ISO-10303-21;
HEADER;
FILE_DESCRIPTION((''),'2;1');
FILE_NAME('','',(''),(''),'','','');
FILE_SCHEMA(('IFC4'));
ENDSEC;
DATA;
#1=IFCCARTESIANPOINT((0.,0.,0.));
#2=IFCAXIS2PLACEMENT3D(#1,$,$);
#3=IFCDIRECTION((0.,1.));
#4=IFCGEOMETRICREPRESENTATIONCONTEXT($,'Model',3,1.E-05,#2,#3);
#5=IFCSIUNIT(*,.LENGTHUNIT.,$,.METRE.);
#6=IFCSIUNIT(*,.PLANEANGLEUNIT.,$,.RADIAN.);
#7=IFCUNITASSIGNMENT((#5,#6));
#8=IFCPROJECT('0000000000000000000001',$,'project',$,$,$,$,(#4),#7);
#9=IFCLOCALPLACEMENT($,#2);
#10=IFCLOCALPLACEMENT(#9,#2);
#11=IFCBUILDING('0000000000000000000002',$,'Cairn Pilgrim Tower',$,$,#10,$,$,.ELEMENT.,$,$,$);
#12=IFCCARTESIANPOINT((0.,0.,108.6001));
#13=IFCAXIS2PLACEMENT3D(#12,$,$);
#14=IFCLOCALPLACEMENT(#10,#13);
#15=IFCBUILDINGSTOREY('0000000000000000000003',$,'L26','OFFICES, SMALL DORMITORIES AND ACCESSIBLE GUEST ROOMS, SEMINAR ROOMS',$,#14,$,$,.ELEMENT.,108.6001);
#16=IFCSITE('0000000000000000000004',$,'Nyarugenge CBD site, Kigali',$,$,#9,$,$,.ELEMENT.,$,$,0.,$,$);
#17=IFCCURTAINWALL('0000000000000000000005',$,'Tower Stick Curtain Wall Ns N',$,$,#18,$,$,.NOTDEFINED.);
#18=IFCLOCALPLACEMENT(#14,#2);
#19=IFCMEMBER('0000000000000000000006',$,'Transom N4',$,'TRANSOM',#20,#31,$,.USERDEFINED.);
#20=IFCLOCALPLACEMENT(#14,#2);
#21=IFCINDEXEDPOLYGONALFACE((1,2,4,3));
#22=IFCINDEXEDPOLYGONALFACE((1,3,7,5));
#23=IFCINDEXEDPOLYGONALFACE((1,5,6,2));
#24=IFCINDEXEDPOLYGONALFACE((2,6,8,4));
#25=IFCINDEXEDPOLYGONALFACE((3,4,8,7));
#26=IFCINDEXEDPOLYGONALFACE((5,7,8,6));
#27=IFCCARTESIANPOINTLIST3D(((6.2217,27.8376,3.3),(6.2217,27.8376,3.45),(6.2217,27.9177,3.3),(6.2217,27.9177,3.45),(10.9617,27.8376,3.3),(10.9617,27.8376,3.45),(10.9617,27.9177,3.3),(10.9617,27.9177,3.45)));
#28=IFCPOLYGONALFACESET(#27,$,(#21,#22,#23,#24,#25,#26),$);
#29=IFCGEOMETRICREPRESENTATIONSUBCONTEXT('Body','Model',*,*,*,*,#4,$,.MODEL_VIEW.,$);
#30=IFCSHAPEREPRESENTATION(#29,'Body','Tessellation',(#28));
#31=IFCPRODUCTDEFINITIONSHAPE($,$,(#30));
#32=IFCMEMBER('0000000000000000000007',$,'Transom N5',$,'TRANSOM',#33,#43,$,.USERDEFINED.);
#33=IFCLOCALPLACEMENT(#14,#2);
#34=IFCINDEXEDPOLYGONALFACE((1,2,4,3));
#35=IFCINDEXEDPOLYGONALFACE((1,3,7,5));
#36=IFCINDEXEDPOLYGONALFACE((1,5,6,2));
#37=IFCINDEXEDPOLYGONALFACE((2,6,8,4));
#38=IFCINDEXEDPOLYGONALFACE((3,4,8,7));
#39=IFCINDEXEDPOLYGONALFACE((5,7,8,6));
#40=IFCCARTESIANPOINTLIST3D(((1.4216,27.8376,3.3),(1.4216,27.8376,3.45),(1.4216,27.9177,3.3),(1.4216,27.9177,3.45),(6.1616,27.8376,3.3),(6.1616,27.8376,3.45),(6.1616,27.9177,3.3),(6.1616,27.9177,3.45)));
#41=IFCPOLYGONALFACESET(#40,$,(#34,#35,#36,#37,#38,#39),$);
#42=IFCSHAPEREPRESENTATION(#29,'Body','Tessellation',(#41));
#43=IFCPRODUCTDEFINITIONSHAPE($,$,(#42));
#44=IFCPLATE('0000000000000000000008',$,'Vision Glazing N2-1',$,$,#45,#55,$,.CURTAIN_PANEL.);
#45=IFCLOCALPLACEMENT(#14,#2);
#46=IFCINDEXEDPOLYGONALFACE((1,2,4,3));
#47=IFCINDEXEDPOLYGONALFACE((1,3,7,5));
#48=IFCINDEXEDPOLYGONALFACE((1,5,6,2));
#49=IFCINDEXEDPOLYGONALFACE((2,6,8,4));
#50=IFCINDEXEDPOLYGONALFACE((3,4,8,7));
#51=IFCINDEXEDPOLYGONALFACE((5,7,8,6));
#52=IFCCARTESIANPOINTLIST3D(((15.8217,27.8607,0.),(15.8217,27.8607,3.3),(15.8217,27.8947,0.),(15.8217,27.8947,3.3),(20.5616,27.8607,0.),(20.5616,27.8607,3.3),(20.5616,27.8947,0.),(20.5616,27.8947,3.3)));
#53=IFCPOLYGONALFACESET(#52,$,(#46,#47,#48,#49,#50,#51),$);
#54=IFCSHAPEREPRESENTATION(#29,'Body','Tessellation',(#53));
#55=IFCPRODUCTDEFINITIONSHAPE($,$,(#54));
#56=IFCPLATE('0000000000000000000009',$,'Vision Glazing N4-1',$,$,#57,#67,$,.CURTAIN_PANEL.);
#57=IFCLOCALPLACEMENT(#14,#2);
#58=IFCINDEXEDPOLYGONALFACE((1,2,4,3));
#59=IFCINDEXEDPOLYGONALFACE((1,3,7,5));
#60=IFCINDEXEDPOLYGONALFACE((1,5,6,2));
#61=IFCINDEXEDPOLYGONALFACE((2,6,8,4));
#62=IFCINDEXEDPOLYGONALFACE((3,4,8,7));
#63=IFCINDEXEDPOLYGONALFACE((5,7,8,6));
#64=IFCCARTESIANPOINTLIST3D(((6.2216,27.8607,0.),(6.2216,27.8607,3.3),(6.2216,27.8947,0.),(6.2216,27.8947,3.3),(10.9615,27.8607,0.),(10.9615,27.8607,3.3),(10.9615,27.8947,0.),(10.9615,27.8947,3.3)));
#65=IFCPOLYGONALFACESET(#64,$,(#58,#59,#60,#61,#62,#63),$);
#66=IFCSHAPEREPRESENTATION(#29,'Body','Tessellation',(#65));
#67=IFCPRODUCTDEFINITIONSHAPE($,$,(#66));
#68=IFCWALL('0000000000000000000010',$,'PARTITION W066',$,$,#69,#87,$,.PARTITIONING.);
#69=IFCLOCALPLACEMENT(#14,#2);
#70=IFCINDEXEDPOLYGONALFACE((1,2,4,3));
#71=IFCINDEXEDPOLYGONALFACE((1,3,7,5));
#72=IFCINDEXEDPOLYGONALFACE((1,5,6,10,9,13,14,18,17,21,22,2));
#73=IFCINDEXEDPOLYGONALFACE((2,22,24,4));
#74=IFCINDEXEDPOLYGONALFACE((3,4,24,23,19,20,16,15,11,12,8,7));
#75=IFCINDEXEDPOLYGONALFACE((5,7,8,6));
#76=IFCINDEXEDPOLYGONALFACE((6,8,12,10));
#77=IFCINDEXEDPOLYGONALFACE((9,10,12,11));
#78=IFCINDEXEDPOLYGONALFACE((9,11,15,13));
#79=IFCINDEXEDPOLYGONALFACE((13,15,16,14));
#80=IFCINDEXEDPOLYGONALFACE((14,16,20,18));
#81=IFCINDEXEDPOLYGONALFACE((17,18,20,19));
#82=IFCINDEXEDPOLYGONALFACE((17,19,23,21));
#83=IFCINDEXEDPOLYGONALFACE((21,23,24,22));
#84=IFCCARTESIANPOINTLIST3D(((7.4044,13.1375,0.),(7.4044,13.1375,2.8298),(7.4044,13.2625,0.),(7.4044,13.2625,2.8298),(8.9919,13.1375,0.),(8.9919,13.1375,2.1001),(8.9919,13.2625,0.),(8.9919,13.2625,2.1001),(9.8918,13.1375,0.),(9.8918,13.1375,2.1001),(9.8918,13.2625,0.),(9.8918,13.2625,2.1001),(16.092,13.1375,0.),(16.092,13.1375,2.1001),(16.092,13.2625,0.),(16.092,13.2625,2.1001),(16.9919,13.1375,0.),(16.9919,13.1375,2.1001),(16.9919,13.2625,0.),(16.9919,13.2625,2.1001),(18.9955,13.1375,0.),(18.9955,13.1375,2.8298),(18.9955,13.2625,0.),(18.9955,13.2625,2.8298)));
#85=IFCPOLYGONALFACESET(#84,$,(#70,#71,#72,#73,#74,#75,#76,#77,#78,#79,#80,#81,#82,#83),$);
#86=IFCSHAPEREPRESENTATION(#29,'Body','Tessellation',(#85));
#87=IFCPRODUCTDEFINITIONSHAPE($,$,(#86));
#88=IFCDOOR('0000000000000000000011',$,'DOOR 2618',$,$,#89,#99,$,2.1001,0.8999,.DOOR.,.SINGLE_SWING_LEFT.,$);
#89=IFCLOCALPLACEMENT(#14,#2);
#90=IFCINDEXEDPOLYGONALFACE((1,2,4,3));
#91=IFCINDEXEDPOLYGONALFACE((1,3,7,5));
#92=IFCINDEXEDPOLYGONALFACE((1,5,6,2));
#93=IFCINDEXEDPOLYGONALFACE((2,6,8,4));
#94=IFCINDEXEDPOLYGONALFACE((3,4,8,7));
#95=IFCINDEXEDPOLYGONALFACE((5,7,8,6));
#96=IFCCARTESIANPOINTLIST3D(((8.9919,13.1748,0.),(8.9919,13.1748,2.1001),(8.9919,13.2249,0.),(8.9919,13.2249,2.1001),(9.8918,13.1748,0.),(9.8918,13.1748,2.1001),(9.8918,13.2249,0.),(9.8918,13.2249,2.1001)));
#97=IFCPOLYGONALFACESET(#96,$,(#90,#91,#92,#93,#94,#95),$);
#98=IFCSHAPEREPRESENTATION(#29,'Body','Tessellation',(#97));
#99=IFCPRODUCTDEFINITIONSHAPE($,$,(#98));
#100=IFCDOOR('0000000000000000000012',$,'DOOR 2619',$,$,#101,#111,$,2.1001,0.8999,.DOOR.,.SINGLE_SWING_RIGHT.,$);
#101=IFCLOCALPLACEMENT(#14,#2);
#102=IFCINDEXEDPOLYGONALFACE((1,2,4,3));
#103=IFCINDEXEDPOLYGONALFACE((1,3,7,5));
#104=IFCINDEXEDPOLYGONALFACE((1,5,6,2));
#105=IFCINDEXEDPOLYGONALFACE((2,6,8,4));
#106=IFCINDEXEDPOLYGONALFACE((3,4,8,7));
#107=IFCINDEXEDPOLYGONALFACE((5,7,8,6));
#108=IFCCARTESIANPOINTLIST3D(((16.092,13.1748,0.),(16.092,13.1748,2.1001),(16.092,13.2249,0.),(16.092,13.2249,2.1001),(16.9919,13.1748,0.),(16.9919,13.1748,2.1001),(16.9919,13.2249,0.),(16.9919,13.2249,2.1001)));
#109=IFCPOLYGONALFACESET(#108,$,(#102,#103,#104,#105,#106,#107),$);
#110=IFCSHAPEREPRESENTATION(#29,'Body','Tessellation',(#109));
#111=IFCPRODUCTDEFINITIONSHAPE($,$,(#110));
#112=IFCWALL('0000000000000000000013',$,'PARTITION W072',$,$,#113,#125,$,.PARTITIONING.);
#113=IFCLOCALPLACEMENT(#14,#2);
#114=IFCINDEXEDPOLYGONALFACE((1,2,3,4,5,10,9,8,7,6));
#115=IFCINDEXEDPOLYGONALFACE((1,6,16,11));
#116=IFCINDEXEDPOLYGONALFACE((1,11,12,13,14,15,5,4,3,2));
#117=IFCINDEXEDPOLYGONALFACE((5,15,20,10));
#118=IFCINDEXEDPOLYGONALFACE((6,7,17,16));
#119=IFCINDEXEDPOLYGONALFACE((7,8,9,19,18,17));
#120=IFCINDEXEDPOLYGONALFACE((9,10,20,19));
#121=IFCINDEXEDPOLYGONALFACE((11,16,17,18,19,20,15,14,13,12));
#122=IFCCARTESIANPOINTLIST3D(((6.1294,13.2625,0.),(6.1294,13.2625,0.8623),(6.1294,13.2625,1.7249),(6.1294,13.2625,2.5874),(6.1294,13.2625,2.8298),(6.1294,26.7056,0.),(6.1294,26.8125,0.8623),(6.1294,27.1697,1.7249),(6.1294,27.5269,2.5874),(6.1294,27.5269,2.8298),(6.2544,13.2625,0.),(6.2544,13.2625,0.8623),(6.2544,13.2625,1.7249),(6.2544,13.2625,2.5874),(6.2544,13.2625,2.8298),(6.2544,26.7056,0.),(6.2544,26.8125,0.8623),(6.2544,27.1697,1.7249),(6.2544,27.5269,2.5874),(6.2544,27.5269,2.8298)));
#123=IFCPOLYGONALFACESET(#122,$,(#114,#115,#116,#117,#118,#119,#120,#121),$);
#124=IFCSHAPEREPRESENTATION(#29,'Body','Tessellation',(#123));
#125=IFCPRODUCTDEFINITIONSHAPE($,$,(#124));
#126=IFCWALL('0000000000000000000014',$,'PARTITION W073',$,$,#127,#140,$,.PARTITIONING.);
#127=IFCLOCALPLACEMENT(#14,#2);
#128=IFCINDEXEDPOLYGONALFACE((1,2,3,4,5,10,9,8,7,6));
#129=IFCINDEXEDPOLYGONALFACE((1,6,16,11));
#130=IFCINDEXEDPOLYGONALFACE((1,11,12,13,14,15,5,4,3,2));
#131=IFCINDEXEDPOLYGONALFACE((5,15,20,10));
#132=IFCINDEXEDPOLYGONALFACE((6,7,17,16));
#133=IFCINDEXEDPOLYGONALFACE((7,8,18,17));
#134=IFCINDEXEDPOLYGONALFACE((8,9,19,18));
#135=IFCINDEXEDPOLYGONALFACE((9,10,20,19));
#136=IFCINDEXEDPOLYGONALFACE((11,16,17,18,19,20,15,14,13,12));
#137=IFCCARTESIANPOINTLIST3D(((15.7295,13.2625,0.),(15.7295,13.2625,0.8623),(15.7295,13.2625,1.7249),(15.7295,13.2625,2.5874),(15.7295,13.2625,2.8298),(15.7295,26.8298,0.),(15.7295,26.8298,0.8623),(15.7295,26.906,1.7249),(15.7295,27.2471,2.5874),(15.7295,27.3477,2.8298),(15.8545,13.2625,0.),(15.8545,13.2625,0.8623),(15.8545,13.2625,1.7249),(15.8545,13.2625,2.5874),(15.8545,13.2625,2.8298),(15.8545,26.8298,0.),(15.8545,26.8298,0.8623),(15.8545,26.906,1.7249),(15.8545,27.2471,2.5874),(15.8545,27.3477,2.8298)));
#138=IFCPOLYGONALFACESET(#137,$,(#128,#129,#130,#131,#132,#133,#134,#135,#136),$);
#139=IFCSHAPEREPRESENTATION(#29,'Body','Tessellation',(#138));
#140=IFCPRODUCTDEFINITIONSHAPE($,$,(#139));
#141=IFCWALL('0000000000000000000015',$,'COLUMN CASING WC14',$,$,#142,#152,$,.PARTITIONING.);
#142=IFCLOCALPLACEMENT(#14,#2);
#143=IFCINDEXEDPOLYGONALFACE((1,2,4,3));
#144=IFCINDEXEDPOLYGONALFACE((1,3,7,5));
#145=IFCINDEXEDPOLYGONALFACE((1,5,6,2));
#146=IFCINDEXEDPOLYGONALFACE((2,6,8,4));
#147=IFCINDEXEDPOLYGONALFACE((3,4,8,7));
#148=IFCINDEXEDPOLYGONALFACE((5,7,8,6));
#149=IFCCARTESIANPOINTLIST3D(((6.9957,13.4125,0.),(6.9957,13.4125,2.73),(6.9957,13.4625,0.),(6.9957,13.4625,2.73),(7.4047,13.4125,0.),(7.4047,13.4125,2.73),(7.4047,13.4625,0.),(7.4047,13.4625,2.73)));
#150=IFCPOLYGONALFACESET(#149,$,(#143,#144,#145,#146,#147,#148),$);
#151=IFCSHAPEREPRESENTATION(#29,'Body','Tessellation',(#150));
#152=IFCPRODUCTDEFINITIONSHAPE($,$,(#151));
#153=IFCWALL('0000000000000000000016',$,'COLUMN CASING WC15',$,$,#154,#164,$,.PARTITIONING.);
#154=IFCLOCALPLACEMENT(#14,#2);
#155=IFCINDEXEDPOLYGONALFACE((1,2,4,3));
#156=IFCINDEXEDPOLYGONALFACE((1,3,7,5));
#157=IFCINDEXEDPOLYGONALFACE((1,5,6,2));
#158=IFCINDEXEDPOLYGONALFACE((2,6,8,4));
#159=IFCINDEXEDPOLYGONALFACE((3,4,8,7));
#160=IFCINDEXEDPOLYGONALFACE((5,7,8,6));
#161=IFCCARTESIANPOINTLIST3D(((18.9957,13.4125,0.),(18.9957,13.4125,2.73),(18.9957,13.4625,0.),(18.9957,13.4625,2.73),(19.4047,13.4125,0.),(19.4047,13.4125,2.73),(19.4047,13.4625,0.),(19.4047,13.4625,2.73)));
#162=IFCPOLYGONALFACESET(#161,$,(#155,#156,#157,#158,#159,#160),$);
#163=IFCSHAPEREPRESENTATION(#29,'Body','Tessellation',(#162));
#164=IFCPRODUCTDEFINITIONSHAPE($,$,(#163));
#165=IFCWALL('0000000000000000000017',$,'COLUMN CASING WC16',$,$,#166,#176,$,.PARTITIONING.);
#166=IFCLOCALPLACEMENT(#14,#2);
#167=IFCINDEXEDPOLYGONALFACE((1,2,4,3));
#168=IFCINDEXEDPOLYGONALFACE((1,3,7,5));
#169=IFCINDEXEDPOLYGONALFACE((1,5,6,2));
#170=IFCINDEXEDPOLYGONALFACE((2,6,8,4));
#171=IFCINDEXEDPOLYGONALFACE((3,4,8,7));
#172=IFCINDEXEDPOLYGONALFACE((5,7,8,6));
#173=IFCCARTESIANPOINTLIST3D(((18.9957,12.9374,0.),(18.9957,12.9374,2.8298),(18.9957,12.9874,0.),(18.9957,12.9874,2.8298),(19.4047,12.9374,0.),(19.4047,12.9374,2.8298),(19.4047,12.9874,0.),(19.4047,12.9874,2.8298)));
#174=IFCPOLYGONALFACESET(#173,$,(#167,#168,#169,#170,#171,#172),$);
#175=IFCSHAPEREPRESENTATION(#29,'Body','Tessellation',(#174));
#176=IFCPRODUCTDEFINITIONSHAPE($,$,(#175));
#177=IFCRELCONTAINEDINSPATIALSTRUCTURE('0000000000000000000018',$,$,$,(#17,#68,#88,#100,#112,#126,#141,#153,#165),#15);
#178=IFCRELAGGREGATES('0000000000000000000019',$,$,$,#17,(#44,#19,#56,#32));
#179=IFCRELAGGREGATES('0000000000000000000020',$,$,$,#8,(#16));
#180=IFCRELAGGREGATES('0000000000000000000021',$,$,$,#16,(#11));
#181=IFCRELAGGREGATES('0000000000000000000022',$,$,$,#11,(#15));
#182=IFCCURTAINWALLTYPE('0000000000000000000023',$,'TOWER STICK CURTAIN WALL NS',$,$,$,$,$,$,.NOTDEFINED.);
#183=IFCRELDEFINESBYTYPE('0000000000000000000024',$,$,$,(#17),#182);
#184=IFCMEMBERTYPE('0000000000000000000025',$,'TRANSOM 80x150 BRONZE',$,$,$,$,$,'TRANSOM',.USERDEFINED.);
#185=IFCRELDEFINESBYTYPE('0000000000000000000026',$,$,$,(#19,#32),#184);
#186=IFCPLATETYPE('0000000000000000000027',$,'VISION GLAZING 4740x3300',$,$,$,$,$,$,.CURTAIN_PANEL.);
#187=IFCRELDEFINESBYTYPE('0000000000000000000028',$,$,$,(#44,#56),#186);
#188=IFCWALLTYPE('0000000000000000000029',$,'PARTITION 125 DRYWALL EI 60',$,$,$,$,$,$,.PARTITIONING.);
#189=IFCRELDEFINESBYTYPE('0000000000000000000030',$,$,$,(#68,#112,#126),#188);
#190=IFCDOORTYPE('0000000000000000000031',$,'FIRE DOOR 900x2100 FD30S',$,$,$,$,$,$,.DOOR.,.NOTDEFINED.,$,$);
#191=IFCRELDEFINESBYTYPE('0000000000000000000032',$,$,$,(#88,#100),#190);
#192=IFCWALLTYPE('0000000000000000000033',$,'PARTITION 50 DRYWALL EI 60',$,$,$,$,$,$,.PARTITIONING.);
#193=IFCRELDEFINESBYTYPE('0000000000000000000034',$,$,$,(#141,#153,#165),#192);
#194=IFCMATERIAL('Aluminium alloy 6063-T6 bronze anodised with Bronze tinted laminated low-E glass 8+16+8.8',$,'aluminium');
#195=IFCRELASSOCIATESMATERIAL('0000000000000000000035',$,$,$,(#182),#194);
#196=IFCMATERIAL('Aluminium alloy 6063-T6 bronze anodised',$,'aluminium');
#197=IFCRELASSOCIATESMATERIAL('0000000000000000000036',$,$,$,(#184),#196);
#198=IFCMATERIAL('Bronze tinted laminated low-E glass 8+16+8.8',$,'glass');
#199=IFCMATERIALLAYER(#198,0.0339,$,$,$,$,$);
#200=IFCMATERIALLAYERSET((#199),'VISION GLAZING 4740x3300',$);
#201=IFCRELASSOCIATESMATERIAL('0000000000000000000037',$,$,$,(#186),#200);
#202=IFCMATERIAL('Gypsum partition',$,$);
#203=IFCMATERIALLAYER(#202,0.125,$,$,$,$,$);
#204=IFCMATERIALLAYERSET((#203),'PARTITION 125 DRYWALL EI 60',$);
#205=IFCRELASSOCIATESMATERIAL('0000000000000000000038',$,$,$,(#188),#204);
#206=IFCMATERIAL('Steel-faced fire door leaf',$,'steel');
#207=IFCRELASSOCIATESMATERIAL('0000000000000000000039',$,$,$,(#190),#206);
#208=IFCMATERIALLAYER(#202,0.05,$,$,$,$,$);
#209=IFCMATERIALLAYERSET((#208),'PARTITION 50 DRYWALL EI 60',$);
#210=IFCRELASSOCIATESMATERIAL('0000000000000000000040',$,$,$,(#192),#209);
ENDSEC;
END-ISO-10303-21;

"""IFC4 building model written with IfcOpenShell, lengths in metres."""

from ifc_helpers import new_model, si_unit, direction, frame, frame_2d, origin, origin_2d, place, context, subcontext, project, spatial, polyline, rectangle, outline, extrude, material, layer, layer_set, material_profile, profile_set, type_object, element, fill, aggregate, save


model = new_model("IFC4")

# Units and contexts
model_context = context("Model", 3, precision=1e-05, world=origin(), true_north=direction((0.0, 1.0)))
body_context = subcontext(model_context, "Body", "Model", "MODEL_VIEW")
ifc_project = project(units=[si_unit("LENGTHUNIT", "METRE"), si_unit("PLANEANGLEUNIT", "RADIAN")], contexts=[model_context])

# Site, building, storey
site_placement = place(None, origin())
site = spatial("IfcSite", under=ifc_project, at=site_placement, Name="Nyarugenge CBD site, Kigali", CompositionType="ELEMENT", RefElevation=0.0)
building_placement = place(site_placement, origin())
building = spatial("IfcBuilding", under=site, at=building_placement, Name="Cairn Pilgrim Tower", CompositionType="ELEMENT")
storey_placement = place(building_placement, frame((0.0, 0.0, 108.6001)))
storey = spatial("IfcBuildingStorey", under=building, at=storey_placement, Name="L26", Description="OFFICES, SMALL DORMITORIES AND ACCESSIBLE GUEST ROOMS, SEMINAR ROOMS", CompositionType="ELEMENT", Elevation=108.6001)

# Curtain wall
ifc_material_1 = material(Name="Aluminium alloy 6063-T6 bronze anodised with Bronze tinted laminated low-E glass 8+16+8.8", Category="aluminium")
curtain_wall_type = type_object("IfcCurtainWallType", Name="TOWER STICK CURTAIN WALL NS", PredefinedType="NOTDEFINED", material=ifc_material_1)
curtain_wall_placement = place(storey_placement, origin())
curtain_wall = element("IfcCurtainWall", 1, at=curtain_wall_placement, inside=storey, type_object=curtain_wall_type, Name="Tower Stick Curtain Wall Ns N", PredefinedType="NOTDEFINED")
ifc_material_2 = material(Name="Aluminium alloy 6063-T6 bronze anodised", Category="aluminium")

# Members
ifc_material_profile_1 = material_profile(ifc_material_2, rectangle(XDim=0.0801, YDim=0.1499, at=origin_2d()), Name="TRANSOM 80x150 BRONZE")
ifc_profile_set_1 = profile_set([ifc_material_profile_1], Name="Aluminium alloy 6063-T6 bronze anodised")
member_type_1 = type_object("IfcMemberType", Name="TRANSOM 80x150 BRONZE", ElementType="TRANSOM", PredefinedType="USERDEFINED", material=ifc_profile_set_1)
member_1_placement = place(storey_placement, frame((10.9617, 27.8777, 3.375), z_axis=(-1.0, 0.0, 0.0), x_axis=(0.0, -1.0, 0.0)))
member_1 = element("IfcMember", 2, at=member_1_placement, type_object=member_type_1, Name="Transom N4", ObjectType="TRANSOM", PredefinedType="USERDEFINED", context=body_context, shape_type="SweptSolid", body=[
    extrude(rectangle(XDim=0.0801, YDim=0.1499, at=origin_2d()), origin(), (0.0, 0.0, 1.0), 4.74),
])
member_2_placement = place(storey_placement, frame((6.1616, 27.8777, 3.375), z_axis=(-1.0, 0.0, 0.0), x_axis=(0.0, -1.0, 0.0)))
member_2 = element("IfcMember", 3, at=member_2_placement, type_object=member_type_1, Name="Transom N5", ObjectType="TRANSOM", PredefinedType="USERDEFINED", context=body_context, shape_type="SweptSolid", body=[
    extrude(rectangle(XDim=0.0801, YDim=0.1499, at=origin_2d()), origin(), (0.0, 0.0, 1.0), 4.74),
])

# Plates
ifc_material_3 = material(Name="Bronze tinted laminated low-E glass 8+16+8.8", Category="glass")
ifc_layer_1 = layer(ifc_material_3, 0.0339)
ifc_layer_set_1 = layer_set([ifc_layer_1], Name="VISION GLAZING 4740x3300")
plate_type = type_object("IfcPlateType", Name="VISION GLAZING 4740x3300", PredefinedType="CURTAIN_PANEL", material=ifc_layer_set_1)
plate_1_placement = place(storey_placement, frame((18.1917, 27.8777, 0.0), z_axis=(0.0, 0.0, 1.0), x_axis=(-1.0, 0.0, 0.0)))
plate_1 = element("IfcPlate", 4, at=plate_1_placement, type_object=plate_type, Name="Vision Glazing N2-1", PredefinedType="CURTAIN_PANEL", context=body_context, shape_type="SweptSolid", body=[
    extrude(rectangle(XDim=4.74, YDim=0.0339, at=origin_2d()), origin(), (0.0, 0.0, 1.0), 3.3),
])
plate_2_placement = place(storey_placement, frame((8.5916, 27.8777, 0.0), z_axis=(0.0, 0.0, 1.0), x_axis=(-1.0, 0.0, 0.0)))
plate_2 = element("IfcPlate", 5, at=plate_2_placement, type_object=plate_type, Name="Vision Glazing N4-1", PredefinedType="CURTAIN_PANEL", context=body_context, shape_type="SweptSolid", body=[
    extrude(rectangle(XDim=4.74, YDim=0.0339, at=origin_2d()), origin(), (0.0, 0.0, 1.0), 3.3),
])
aggregate(curtain_wall, [plate_1, member_1, plate_2, member_2])

# Wall, openings, doors
ifc_material_4 = material(Name="Gypsum partition")
ifc_layer_2 = layer(ifc_material_4, 0.125)
ifc_layer_set_2 = layer_set([ifc_layer_2], Name="PARTITION 125 DRYWALL EI 60")
wall_type_1 = type_object("IfcWallType", Name="PARTITION 125 DRYWALL EI 60", PredefinedType="PARTITIONING", material=ifc_layer_set_2)
wall_1_placement = place(storey_placement, frame((7.4045, 13.2, 0.0), z_axis=(0.0, 0.0, 1.0), x_axis=(1.0, 0.0, 0.0)))
wall_1 = element("IfcWall", 6, at=wall_1_placement, inside=storey, type_object=wall_type_1, Name="PARTITION W066", PredefinedType="PARTITIONING", context=body_context, shape_type="SweptSolid", body=[
    extrude(rectangle(XDim=11.5911, YDim=0.125, at=frame_2d((5.7954, 0.0))), origin(), (0.0, 0.0, 1.0), 2.8298),
])
opening_1_placement = place(wall_1_placement, frame((1.5874, 0.0, 0.0)))
opening_1 = element("IfcOpeningElement", 7, at=opening_1_placement, cuts=wall_1, PredefinedType="OPENING", context=body_context, shape_type="SweptSolid", body=[
    extrude(rectangle(XDim=0.8999, YDim=2.1001, at=frame_2d((0.45, 1.05))), frame((0.0, 0.0725, 0.0), z_axis=(0.0, -1.0, 0.0), x_axis=(1.0, 0.0, 0.0)), (0.0, 0.0, 1.0), 0.145),
])
opening_2_placement = place(wall_1_placement, frame((8.6875, 0.0, 0.0)))
opening_2 = element("IfcOpeningElement", 8, at=opening_2_placement, cuts=wall_1, PredefinedType="OPENING", context=body_context, shape_type="SweptSolid", body=[
    extrude(rectangle(XDim=0.8999, YDim=2.1001, at=frame_2d((0.45, 1.05))), frame((0.0, 0.0725, 0.0), z_axis=(0.0, -1.0, 0.0), x_axis=(1.0, 0.0, 0.0)), (0.0, 0.0, 1.0), 0.145),
])
ifc_material_5 = material(Name="Steel-faced fire door leaf", Category="steel")
door_type_1 = type_object("IfcDoorType", Name="FIRE DOOR 900x2100 FD30S", OperationType="NOTDEFINED", PredefinedType="DOOR", material=ifc_material_5)
door_1_placement = place(opening_1_placement, origin())
door_1 = element("IfcDoor", 9, at=door_1_placement, inside=storey, type_object=door_type_1, Name="DOOR 2618", OperationType="SINGLE_SWING_LEFT", OverallHeight=2.1001, OverallWidth=0.8999, PredefinedType="DOOR", context=body_context, shape_type="SweptSolid", body=[
    extrude(rectangle(XDim=0.8999, YDim=2.1001, at=frame_2d((0.45, 1.05))), frame((0.0, 0.0249, 0.0), z_axis=(0.0, -1.0, 0.0), x_axis=(1.0, 0.0, 0.0)), (0.0, 0.0, 1.0), 0.05),
])
fill(opening_1, door_1)
door_2_placement = place(opening_2_placement, origin())
door_2 = element("IfcDoor", 10, at=door_2_placement, inside=storey, type_object=door_type_1, Name="DOOR 2619", OperationType="SINGLE_SWING_RIGHT", OverallHeight=2.1001, OverallWidth=0.8999, PredefinedType="DOOR", context=body_context, shape_type="SweptSolid", body=[
    extrude(rectangle(XDim=0.8999, YDim=2.1001, at=frame_2d((0.45, 1.05))), frame((0.0, 0.0249, 0.0), z_axis=(0.0, -1.0, 0.0), x_axis=(1.0, 0.0, 0.0)), (0.0, 0.0, 1.0), 0.05),
])
fill(opening_2, door_2)

# Walls
wall_2_placement = place(storey_placement, frame((6.1919, 13.2625, 0.0), z_axis=(0.0, 0.0, 1.0), x_axis=(0.0, 1.0, 0.0)))
element("IfcWall", 11, at=wall_2_placement, inside=storey, type_object=wall_type_1, Name="PARTITION W072", PredefinedType="PARTITIONING", context=body_context, shape_type="SweptSolid", body=[
    extrude(outline(polyline([(0.0, 0.0), (13.4431, 0.0), (13.55, 0.8623), (13.9072, 1.7249), (14.2644, 2.5874), (14.2644, 2.8298), (0.0, 2.8298), (0.0, 2.5874), (0.0, 1.7249), (0.0, 0.8623), (0.0, 0.0)])), frame((0.0, 0.0625, 0.0), z_axis=(0.0, -1.0, 0.0), x_axis=(1.0, 0.0, 0.0)), (0.0, 0.0, 1.0), 0.125),
])
wall_3_placement = place(storey_placement, frame((15.792, 13.2625, 0.0), z_axis=(0.0, 0.0, 1.0), x_axis=(0.0, 1.0, 0.0)))
element("IfcWall", 12, at=wall_3_placement, inside=storey, type_object=wall_type_1, Name="PARTITION W073", PredefinedType="PARTITIONING", context=body_context, shape_type="SweptSolid", body=[
    extrude(outline(polyline([(0.0, 0.0), (13.5674, 0.0), (13.5674, 0.8623), (13.6436, 1.7249), (13.9846, 2.5874), (14.0852, 2.8298), (0.0, 2.8298), (0.0, 2.5874), (0.0, 1.7249), (0.0, 0.8623), (0.0, 0.0)])), frame((0.0, 0.0625, 0.0), z_axis=(0.0, -1.0, 0.0), x_axis=(1.0, 0.0, 0.0)), (0.0, 0.0, 1.0), 0.125),
])
ifc_layer_3 = layer(ifc_material_4, 0.05)
ifc_layer_set_3 = layer_set([ifc_layer_3], Name="PARTITION 50 DRYWALL EI 60")
wall_type_2 = type_object("IfcWallType", Name="PARTITION 50 DRYWALL EI 60", PredefinedType="PARTITIONING", material=ifc_layer_set_3)
for number, where, z_axis, x_axis, name in (
    (13, (6.9956, 13.4375, 0.0), (0.0, 0.0, 1.0), (1.0, 0.0, 0.0), "COLUMN CASING WC14"),
    (14, (18.9956, 13.4375, 0.0), (0.0, 0.0, 1.0), (1.0, 0.0, 0.0), "COLUMN CASING WC15"),
):
    element("IfcWall", number, at=place(storey_placement, frame(where, z_axis=z_axis, x_axis=x_axis)), inside=storey, type_object=wall_type_2, Name=name, PredefinedType="PARTITIONING", context=body_context, shape_type="SweptSolid", body=[
        extrude(rectangle(XDim=0.4089, YDim=0.05, at=frame_2d((0.2046, 0.0))), origin(), (0.0, 0.0, 1.0), 2.73),
    ])
wall_4_placement = place(storey_placement, frame((18.9956, 12.9624, 0.0), z_axis=(0.0, 0.0, 1.0), x_axis=(1.0, 0.0, 0.0)))
element("IfcWall", 15, at=wall_4_placement, inside=storey, type_object=wall_type_2, Name="COLUMN CASING WC16", PredefinedType="PARTITIONING", context=body_context, shape_type="SweptSolid", body=[
    extrude(rectangle(XDim=0.4089, YDim=0.05, at=frame_2d((0.2046, 0.0))), origin(), (0.0, 0.0, 1.0), 2.8298),
])

save(model, "model.ifc")
